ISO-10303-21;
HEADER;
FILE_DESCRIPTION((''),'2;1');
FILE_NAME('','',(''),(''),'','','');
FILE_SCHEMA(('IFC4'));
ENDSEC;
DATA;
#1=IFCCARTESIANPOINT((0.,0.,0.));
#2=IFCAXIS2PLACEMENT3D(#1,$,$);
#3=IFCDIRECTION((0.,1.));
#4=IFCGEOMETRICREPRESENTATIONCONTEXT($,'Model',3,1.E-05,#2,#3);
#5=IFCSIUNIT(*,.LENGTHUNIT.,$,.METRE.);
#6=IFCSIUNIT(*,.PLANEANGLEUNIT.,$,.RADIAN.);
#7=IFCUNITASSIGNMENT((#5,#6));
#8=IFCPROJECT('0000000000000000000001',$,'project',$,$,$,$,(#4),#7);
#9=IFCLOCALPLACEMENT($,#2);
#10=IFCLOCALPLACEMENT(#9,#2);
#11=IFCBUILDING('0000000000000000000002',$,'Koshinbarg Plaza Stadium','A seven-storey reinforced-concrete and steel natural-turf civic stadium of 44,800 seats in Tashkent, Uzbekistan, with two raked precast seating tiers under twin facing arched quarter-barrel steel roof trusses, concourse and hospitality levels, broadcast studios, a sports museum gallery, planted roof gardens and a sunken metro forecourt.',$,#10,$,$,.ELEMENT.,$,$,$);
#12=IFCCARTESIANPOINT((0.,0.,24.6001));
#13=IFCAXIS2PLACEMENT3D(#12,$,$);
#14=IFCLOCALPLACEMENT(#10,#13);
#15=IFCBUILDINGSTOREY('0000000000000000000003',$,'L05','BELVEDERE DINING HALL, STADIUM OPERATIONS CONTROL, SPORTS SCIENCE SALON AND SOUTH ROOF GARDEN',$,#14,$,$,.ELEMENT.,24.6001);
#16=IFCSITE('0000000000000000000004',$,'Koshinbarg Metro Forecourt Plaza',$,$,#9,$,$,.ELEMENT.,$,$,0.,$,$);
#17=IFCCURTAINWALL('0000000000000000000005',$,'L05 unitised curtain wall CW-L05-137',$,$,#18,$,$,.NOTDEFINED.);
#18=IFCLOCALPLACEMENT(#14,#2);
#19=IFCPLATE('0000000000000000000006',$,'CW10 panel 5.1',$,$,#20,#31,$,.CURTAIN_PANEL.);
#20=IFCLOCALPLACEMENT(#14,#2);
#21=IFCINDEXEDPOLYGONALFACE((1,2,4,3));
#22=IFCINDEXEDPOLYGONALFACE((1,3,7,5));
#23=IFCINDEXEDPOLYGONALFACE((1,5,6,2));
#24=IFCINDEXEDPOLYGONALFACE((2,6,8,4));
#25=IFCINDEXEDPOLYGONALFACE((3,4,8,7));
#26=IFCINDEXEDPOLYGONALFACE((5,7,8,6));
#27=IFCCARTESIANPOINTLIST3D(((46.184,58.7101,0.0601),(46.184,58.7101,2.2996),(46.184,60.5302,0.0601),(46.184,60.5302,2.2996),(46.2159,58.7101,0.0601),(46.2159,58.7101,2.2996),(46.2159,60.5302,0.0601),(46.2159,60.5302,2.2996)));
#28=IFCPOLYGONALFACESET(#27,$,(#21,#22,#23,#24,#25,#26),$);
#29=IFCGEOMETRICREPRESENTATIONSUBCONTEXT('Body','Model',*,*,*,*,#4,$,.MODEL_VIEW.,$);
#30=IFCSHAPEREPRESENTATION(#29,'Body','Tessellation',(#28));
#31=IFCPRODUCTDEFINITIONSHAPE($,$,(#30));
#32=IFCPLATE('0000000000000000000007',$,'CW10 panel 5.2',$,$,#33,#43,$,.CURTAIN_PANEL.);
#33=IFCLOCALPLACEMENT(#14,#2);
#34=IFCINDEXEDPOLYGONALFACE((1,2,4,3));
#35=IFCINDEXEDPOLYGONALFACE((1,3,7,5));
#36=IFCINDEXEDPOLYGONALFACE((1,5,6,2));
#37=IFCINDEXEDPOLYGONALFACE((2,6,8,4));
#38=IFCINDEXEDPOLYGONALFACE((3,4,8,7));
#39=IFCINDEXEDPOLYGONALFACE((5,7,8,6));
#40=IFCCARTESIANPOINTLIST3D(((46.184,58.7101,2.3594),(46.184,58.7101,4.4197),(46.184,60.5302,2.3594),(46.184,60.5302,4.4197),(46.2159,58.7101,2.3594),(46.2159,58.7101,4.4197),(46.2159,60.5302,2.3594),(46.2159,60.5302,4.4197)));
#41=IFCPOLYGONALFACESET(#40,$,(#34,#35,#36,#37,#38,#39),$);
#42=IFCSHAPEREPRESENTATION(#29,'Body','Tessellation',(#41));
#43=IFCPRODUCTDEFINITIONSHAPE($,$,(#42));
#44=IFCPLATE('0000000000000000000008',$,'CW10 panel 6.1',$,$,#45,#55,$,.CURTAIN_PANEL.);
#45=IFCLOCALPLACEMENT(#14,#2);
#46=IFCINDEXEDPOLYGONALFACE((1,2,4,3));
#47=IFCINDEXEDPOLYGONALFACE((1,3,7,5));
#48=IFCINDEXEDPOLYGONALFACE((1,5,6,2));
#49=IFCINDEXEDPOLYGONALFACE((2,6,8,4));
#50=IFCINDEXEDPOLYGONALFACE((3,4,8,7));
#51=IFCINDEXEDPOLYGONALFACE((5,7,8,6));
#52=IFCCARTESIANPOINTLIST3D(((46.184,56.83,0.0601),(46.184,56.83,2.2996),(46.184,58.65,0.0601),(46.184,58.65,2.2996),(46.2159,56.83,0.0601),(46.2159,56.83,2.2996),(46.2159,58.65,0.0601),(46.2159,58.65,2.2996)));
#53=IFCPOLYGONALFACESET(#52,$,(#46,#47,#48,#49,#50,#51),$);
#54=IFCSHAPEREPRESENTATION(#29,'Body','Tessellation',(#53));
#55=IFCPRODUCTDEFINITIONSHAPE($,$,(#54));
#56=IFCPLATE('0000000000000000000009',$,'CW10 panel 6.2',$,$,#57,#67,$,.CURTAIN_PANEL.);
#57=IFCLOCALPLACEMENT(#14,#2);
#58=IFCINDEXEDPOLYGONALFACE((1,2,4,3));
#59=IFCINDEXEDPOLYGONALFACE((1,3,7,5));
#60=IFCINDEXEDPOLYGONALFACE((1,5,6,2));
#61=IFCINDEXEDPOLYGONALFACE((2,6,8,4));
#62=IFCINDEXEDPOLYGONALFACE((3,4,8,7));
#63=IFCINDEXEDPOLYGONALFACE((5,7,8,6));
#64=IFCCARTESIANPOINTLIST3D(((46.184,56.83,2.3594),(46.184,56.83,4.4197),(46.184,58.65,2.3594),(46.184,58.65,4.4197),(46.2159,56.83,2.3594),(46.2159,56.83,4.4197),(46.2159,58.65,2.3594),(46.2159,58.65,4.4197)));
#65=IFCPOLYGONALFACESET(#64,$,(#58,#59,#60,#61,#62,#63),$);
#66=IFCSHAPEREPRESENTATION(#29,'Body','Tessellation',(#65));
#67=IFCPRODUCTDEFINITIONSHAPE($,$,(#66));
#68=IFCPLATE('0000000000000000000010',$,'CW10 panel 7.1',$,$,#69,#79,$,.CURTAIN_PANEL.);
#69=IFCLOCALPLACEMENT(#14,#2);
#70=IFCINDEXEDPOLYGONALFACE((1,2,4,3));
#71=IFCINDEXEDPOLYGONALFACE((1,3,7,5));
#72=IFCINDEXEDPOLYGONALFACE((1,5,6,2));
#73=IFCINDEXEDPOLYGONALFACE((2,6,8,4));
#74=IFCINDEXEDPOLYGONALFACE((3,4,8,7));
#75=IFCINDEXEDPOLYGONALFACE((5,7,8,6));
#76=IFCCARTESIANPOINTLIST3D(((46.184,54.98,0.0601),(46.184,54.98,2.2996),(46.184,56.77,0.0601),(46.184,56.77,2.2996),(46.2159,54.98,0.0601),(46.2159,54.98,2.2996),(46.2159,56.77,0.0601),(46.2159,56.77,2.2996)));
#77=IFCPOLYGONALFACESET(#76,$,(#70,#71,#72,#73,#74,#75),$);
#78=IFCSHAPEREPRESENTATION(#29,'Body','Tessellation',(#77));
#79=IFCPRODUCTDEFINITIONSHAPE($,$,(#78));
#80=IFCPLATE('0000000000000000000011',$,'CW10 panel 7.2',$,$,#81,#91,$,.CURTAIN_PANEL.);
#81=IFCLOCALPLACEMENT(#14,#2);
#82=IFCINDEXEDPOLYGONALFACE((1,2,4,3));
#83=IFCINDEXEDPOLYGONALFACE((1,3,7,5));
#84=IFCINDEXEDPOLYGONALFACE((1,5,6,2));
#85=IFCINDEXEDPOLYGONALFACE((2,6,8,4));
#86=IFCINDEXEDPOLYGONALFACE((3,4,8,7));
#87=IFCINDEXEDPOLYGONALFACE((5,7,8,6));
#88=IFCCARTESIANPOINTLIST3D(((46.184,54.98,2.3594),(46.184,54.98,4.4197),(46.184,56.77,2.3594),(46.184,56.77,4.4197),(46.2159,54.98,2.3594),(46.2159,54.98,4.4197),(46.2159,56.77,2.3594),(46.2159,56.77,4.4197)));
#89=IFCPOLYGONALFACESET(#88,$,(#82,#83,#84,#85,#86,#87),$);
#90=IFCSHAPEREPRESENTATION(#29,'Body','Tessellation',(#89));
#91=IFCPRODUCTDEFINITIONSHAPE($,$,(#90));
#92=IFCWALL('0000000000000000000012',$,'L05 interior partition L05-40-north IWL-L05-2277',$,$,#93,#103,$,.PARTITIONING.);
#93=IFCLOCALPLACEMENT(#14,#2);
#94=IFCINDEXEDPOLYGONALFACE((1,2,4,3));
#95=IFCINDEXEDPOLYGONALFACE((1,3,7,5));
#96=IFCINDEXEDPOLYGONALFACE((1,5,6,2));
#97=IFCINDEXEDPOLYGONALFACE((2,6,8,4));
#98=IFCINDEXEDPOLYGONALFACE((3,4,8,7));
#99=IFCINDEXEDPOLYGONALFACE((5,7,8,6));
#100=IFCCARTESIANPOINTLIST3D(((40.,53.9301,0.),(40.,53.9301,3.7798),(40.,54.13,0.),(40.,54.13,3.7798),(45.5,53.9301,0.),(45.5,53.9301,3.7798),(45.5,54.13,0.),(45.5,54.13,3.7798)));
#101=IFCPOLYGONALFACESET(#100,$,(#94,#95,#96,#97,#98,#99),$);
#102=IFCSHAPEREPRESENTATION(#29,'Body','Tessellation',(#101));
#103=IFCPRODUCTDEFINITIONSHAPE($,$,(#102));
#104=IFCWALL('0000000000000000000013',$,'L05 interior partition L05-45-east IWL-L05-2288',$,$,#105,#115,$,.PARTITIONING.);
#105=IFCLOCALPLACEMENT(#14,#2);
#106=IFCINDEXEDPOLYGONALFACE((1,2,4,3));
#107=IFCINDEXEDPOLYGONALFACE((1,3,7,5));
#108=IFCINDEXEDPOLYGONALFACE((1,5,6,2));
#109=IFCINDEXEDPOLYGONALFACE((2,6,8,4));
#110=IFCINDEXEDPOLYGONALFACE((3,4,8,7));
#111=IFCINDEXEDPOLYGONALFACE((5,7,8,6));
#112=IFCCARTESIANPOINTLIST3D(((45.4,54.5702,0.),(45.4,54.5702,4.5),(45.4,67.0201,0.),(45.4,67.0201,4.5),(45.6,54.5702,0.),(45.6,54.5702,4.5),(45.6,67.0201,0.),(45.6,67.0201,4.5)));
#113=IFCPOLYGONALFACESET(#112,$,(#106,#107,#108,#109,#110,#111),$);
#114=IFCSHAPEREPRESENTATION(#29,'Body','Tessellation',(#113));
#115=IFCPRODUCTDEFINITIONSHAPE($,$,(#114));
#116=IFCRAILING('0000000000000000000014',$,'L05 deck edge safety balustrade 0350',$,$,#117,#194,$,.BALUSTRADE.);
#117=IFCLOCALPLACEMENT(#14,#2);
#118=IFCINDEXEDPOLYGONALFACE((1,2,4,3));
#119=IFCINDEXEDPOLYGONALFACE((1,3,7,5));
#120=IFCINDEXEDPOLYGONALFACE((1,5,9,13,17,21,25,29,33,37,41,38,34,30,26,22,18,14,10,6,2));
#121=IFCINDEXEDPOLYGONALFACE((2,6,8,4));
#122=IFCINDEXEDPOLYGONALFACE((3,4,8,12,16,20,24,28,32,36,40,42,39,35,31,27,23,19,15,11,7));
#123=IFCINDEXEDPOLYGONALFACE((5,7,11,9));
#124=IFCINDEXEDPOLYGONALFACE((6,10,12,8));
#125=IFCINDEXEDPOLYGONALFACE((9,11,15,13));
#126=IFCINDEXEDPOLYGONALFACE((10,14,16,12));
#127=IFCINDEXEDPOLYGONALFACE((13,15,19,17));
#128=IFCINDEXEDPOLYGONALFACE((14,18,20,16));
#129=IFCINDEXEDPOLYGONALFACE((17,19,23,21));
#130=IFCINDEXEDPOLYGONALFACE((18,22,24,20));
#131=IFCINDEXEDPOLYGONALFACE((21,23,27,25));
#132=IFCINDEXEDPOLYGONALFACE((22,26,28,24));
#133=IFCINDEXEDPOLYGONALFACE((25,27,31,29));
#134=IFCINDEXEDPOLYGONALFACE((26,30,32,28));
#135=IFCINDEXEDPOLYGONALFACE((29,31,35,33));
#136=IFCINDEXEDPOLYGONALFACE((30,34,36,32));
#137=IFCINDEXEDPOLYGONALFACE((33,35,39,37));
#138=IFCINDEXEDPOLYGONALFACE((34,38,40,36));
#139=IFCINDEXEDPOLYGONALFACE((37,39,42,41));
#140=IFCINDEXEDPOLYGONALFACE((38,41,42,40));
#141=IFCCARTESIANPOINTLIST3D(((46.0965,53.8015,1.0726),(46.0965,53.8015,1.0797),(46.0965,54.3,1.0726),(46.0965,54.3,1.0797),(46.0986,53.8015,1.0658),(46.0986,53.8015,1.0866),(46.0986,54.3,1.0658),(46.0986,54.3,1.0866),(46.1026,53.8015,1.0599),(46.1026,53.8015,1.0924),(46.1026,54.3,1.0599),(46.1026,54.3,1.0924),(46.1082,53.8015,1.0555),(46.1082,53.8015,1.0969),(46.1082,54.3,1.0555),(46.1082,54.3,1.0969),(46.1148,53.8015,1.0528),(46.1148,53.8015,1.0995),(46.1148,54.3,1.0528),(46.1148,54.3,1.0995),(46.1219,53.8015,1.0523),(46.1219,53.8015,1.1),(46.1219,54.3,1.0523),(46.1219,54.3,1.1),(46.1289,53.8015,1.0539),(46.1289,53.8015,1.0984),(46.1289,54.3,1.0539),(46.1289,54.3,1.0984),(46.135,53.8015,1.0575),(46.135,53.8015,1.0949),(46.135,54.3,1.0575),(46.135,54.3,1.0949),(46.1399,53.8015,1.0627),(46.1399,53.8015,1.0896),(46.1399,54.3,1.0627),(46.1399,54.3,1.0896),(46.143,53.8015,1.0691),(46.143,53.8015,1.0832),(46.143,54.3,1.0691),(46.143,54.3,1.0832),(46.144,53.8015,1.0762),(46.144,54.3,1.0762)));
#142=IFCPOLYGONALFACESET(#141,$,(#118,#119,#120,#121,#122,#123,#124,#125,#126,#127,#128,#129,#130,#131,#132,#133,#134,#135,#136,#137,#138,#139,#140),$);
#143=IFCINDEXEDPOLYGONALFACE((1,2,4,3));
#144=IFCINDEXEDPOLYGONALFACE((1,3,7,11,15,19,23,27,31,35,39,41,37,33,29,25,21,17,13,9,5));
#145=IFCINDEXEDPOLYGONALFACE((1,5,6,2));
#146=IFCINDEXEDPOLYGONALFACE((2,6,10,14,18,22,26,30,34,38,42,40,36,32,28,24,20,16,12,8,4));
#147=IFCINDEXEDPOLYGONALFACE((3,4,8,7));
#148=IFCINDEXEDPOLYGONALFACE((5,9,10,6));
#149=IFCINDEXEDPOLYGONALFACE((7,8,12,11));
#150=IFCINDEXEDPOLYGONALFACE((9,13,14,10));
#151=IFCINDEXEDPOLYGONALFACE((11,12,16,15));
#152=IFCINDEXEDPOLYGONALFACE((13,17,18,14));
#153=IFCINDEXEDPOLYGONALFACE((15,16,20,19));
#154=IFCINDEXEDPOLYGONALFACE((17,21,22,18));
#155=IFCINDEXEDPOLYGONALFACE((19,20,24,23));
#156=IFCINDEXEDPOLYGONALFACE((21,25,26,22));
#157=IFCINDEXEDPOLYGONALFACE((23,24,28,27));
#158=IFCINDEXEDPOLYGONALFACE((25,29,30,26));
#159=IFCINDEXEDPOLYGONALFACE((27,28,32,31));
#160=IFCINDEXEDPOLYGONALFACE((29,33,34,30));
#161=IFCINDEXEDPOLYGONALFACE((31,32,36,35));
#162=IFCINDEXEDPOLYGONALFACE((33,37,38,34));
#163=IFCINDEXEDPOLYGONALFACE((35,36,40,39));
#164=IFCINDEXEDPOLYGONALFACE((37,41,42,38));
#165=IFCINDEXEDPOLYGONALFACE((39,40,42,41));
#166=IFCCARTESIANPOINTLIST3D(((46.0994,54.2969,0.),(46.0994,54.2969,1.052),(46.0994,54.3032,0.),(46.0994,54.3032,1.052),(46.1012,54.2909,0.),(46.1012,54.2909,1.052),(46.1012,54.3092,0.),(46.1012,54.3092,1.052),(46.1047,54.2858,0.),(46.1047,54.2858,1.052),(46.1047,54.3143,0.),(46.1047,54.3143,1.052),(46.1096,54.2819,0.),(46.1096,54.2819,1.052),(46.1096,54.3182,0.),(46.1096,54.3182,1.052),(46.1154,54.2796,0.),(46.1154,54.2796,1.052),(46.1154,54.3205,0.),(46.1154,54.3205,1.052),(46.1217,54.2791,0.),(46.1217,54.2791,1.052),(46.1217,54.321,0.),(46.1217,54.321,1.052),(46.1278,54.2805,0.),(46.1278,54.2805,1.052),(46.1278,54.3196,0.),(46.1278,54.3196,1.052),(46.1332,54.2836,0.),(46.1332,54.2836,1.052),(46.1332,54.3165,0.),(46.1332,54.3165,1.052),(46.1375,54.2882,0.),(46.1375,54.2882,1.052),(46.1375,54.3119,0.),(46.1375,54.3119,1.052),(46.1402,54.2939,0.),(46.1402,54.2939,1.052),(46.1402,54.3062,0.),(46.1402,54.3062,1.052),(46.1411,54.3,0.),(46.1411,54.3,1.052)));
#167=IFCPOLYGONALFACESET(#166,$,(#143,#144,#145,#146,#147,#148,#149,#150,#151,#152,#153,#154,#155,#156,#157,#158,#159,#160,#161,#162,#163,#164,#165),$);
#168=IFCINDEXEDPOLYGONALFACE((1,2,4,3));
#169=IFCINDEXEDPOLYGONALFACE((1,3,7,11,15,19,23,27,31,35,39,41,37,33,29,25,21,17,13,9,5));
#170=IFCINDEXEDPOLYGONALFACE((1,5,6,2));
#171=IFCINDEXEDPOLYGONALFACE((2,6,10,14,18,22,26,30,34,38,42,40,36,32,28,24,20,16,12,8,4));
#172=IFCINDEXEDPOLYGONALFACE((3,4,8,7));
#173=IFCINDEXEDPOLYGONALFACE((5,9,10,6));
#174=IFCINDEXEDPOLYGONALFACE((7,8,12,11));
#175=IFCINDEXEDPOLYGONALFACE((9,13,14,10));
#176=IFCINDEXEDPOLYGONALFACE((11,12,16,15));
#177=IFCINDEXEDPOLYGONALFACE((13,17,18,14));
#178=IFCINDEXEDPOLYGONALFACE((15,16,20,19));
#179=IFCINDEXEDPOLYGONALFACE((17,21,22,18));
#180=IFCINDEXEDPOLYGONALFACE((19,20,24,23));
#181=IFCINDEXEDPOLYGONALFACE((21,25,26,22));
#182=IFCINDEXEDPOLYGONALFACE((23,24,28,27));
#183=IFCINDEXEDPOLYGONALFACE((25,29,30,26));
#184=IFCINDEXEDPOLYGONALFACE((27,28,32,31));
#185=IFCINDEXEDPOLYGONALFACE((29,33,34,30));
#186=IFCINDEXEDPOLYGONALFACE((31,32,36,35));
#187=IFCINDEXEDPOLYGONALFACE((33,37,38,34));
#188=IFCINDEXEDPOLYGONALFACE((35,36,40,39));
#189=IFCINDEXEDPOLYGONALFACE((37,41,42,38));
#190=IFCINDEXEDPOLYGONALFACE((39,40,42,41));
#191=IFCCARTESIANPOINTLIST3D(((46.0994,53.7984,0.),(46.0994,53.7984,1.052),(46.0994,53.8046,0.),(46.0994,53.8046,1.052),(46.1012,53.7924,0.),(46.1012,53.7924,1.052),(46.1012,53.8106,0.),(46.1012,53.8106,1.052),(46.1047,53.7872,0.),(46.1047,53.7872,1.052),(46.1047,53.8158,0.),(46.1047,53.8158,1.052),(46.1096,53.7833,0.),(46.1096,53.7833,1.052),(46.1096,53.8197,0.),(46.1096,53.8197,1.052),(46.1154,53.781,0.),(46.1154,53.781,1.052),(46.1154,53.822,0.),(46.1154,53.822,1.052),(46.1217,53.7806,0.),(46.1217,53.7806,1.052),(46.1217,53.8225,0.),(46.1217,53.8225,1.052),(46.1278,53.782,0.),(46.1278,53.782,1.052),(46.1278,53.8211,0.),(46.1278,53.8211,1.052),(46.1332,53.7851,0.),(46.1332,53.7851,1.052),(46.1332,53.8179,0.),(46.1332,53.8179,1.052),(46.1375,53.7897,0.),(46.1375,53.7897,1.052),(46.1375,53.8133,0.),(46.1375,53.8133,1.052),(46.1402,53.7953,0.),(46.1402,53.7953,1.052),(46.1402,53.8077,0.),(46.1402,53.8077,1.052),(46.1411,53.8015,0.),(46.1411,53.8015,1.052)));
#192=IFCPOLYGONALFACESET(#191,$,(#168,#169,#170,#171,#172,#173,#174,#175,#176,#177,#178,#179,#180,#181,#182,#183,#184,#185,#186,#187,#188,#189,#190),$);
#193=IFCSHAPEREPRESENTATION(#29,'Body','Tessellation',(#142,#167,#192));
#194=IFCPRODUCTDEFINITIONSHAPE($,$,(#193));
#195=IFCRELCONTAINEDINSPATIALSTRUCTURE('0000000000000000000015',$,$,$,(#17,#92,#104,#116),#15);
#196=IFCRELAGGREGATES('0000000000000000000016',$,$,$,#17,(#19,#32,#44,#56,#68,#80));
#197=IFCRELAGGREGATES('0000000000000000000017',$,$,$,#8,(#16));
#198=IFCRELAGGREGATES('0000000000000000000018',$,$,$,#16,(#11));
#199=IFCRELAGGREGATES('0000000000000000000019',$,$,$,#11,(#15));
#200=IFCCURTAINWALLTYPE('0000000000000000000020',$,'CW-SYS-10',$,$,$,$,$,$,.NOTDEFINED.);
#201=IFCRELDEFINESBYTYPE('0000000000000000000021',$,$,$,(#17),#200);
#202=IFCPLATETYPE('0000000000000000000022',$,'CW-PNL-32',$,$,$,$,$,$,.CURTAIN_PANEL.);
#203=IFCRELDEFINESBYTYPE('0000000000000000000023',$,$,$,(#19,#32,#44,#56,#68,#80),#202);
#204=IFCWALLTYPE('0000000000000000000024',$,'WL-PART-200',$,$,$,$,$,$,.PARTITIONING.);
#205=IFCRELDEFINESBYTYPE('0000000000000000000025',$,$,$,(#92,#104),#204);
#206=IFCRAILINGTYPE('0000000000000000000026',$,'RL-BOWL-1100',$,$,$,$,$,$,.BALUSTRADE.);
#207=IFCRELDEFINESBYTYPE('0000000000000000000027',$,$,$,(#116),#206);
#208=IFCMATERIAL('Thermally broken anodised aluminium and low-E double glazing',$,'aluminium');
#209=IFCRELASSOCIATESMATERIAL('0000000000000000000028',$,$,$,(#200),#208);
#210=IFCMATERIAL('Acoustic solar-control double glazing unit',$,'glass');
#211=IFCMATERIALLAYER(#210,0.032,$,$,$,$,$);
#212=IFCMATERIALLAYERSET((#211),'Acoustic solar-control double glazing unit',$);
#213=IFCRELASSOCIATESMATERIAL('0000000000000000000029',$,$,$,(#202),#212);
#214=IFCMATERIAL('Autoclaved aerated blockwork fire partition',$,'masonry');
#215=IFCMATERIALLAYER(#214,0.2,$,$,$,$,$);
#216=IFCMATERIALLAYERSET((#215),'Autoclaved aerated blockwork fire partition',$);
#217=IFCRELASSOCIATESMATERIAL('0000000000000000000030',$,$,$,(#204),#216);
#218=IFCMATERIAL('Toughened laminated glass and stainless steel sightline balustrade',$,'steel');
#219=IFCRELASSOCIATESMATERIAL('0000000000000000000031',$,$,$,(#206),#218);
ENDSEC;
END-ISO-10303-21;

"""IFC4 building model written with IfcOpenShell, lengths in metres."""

from ifc_helpers import new_model, si_unit, direction, frame, frame_2d, origin, origin_2d, place, context, subcontext, project, spatial, rectangle, circle, extrude, material, layer, layer_set, type_object, element, aggregate, save


model = new_model("IFC4")

# Units and contexts
model_context = context("Model", 3, precision=1e-05, world=origin(), true_north=direction((0.0, 1.0)))
body_context = subcontext(model_context, "Body", "Model", "MODEL_VIEW")
ifc_project = project(units=[si_unit("LENGTHUNIT", "METRE"), si_unit("PLANEANGLEUNIT", "RADIAN")], contexts=[model_context])

# Site, building, storey
site_placement = place(None, origin())
site = spatial("IfcSite", under=ifc_project, at=site_placement, Name="Koshinbarg Metro Forecourt Plaza", CompositionType="ELEMENT", RefElevation=0.0)
building_placement = place(site_placement, origin())
building = spatial("IfcBuilding", under=site, at=building_placement, Name="Koshinbarg Plaza Stadium", Description="A seven-storey reinforced-concrete and steel natural-turf civic stadium of 44,800 seats in Tashkent, Uzbekistan, with two raked precast seating tiers under twin facing arched quarter-barrel steel roof trusses, concourse and hospitality levels, broadcast studios, a sports museum gallery, planted roof gardens and a sunken metro forecourt.", CompositionType="ELEMENT")
storey_placement = place(building_placement, frame((0.0, 0.0, 24.6001)))
storey = spatial("IfcBuildingStorey", under=building, at=storey_placement, Name="L05", Description="BELVEDERE DINING HALL, STADIUM OPERATIONS CONTROL, SPORTS SCIENCE SALON AND SOUTH ROOF GARDEN", CompositionType="ELEMENT", Elevation=24.6001)

# Curtain wall
ifc_material_1 = material(Name="Thermally broken anodised aluminium and low-E double glazing", Category="aluminium")
curtain_wall_type_1 = type_object("IfcCurtainWallType", Name="CW-SYS-10", PredefinedType="NOTDEFINED", material=ifc_material_1)
curtain_wall_1_placement = place(storey_placement, origin())
curtain_wall_1 = element("IfcCurtainWall", 1, at=curtain_wall_1_placement, inside=storey, type_object=curtain_wall_type_1, Name="L05 unitised curtain wall CW-L05-137", PredefinedType="NOTDEFINED")

# Plates
ifc_material_2 = material(Name="Acoustic solar-control double glazing unit", Category="glass")
ifc_layer_1 = layer(ifc_material_2, 0.032)
ifc_layer_set_1 = layer_set([ifc_layer_1], Name="Acoustic solar-control double glazing unit")
plate_type = type_object("IfcPlateType", Name="CW-PNL-32", PredefinedType="CURTAIN_PANEL", material=ifc_layer_set_1)
plate_1_placement = place(storey_placement, frame((46.2, 59.6201, 0.0601), z_axis=(0.0, 0.0, 1.0), x_axis=(0.0, -1.0, 0.0)))
plate_1 = element("IfcPlate", 2, at=plate_1_placement, type_object=plate_type, Name="CW10 panel 5.1", PredefinedType="CURTAIN_PANEL", context=body_context, shape_type="SweptSolid", body=[
    extrude(rectangle(XDim=1.8201, YDim=0.032, at=origin_2d()), origin(), (0.0, 0.0, 1.0), 2.2395),
])
plate_2_placement = place(storey_placement, frame((46.2, 59.6201, 2.3594), z_axis=(0.0, 0.0, 1.0), x_axis=(0.0, -1.0, 0.0)))
plate_2 = element("IfcPlate", 3, at=plate_2_placement, type_object=plate_type, Name="CW10 panel 5.2", PredefinedType="CURTAIN_PANEL", context=body_context, shape_type="SweptSolid", body=[
    extrude(rectangle(XDim=1.8201, YDim=0.032, at=origin_2d()), origin(), (0.0, 0.0, 1.0), 2.0603),
])
plate_3_placement = place(storey_placement, frame((46.2, 57.74, 0.0601), z_axis=(0.0, 0.0, 1.0), x_axis=(0.0, -1.0, 0.0)))
plate_3 = element("IfcPlate", 4, at=plate_3_placement, type_object=plate_type, Name="CW10 panel 6.1", PredefinedType="CURTAIN_PANEL", context=body_context, shape_type="SweptSolid", body=[
    extrude(rectangle(XDim=1.8201, YDim=0.032, at=origin_2d()), origin(), (0.0, 0.0, 1.0), 2.2395),
])
plate_4_placement = place(storey_placement, frame((46.2, 57.74, 2.3594), z_axis=(0.0, 0.0, 1.0), x_axis=(0.0, -1.0, 0.0)))
plate_4 = element("IfcPlate", 5, at=plate_4_placement, type_object=plate_type, Name="CW10 panel 6.2", PredefinedType="CURTAIN_PANEL", context=body_context, shape_type="SweptSolid", body=[
    extrude(rectangle(XDim=1.8201, YDim=0.032, at=origin_2d()), origin(), (0.0, 0.0, 1.0), 2.0603),
])
plate_5_placement = place(storey_placement, frame((46.2, 55.875, 0.0601), z_axis=(0.0, 0.0, 1.0), x_axis=(0.0, -1.0, 0.0)))
plate_5 = element("IfcPlate", 6, at=plate_5_placement, type_object=plate_type, Name="CW10 panel 7.1", PredefinedType="CURTAIN_PANEL", context=body_context, shape_type="SweptSolid", body=[
    extrude(rectangle(XDim=1.79, YDim=0.032, at=origin_2d()), origin(), (0.0, 0.0, 1.0), 2.2395),
])
plate_6_placement = place(storey_placement, frame((46.2, 55.875, 2.3594), z_axis=(0.0, 0.0, 1.0), x_axis=(0.0, -1.0, 0.0)))
plate_6 = element("IfcPlate", 7, at=plate_6_placement, type_object=plate_type, Name="CW10 panel 7.2", PredefinedType="CURTAIN_PANEL", context=body_context, shape_type="SweptSolid", body=[
    extrude(rectangle(XDim=1.79, YDim=0.032, at=origin_2d()), origin(), (0.0, 0.0, 1.0), 2.0603),
])
aggregate(curtain_wall_1, [plate_1, plate_2, plate_3, plate_4, plate_5, plate_6])

# Walls
ifc_material_3 = material(Name="Autoclaved aerated blockwork fire partition", Category="masonry")
ifc_layer_2 = layer(ifc_material_3, 0.2)
ifc_layer_set_2 = layer_set([ifc_layer_2], Name="Autoclaved aerated blockwork fire partition")
wall_type = type_object("IfcWallType", Name="WL-PART-200", PredefinedType="PARTITIONING", material=ifc_layer_set_2)
wall_1_placement = place(storey_placement, frame((45.5, 54.03, 0.0), z_axis=(0.0, 0.0, 1.0), x_axis=(-1.0, 0.0, 0.0)))
element("IfcWall", 8, at=wall_1_placement, inside=storey, type_object=wall_type, Name="L05 interior partition L05-40-north IWL-L05-2277", PredefinedType="PARTITIONING", context=body_context, shape_type="SweptSolid", body=[
    extrude(rectangle(XDim=5.5, YDim=0.2, at=frame_2d((2.75, 0.0))), origin(), (0.0, 0.0, 1.0), 3.7798),
])
wall_2_placement = place(storey_placement, frame((45.5, 54.5701, 0.0), z_axis=(0.0, 0.0, 1.0), x_axis=(0.0, 1.0, 0.0)))
element("IfcWall", 9, at=wall_2_placement, inside=storey, type_object=wall_type, Name="L05 interior partition L05-45-east IWL-L05-2288", PredefinedType="PARTITIONING", context=body_context, shape_type="SweptSolid", body=[
    extrude(rectangle(XDim=12.45, YDim=0.2, at=frame_2d((6.2251, 0.0))), origin(), (0.0, 0.0, 1.0), 4.5),
])

# Railing
ifc_material_4 = material(Name="Toughened laminated glass and stainless steel sightline balustrade", Category="steel")
railing_type = type_object("IfcRailingType", Name="RL-BOWL-1100", PredefinedType="BALUSTRADE", material=ifc_material_4)
railing_1_placement = place(storey_placement, frame((46.1201, 54.3, 0.0)))
element("IfcRailing", 10, at=railing_1_placement, inside=storey, type_object=railing_type, Name="L05 deck edge safety balustrade 0350", PredefinedType="BALUSTRADE", context=body_context, shape_type="SweptSolid", body=[
    extrude(circle(Radius=0.0239, at=origin_2d()), frame((0.0, 0.0, 1.0762), z_axis=(0.0, -1.0, 0.0), x_axis=(1.0, 0.0, 0.0)), (0.0, 0.0, 1.0), 0.4985),
    extrude(circle(Radius=0.021, at=origin_2d()), origin(), (0.0, 0.0, 1.0), 1.052),
    extrude(circle(Radius=0.021, at=origin_2d()), frame((0.0, -0.4985, 0.0)), (0.0, 0.0, 1.0), 1.052),
])

save(model, "model.ifc")
